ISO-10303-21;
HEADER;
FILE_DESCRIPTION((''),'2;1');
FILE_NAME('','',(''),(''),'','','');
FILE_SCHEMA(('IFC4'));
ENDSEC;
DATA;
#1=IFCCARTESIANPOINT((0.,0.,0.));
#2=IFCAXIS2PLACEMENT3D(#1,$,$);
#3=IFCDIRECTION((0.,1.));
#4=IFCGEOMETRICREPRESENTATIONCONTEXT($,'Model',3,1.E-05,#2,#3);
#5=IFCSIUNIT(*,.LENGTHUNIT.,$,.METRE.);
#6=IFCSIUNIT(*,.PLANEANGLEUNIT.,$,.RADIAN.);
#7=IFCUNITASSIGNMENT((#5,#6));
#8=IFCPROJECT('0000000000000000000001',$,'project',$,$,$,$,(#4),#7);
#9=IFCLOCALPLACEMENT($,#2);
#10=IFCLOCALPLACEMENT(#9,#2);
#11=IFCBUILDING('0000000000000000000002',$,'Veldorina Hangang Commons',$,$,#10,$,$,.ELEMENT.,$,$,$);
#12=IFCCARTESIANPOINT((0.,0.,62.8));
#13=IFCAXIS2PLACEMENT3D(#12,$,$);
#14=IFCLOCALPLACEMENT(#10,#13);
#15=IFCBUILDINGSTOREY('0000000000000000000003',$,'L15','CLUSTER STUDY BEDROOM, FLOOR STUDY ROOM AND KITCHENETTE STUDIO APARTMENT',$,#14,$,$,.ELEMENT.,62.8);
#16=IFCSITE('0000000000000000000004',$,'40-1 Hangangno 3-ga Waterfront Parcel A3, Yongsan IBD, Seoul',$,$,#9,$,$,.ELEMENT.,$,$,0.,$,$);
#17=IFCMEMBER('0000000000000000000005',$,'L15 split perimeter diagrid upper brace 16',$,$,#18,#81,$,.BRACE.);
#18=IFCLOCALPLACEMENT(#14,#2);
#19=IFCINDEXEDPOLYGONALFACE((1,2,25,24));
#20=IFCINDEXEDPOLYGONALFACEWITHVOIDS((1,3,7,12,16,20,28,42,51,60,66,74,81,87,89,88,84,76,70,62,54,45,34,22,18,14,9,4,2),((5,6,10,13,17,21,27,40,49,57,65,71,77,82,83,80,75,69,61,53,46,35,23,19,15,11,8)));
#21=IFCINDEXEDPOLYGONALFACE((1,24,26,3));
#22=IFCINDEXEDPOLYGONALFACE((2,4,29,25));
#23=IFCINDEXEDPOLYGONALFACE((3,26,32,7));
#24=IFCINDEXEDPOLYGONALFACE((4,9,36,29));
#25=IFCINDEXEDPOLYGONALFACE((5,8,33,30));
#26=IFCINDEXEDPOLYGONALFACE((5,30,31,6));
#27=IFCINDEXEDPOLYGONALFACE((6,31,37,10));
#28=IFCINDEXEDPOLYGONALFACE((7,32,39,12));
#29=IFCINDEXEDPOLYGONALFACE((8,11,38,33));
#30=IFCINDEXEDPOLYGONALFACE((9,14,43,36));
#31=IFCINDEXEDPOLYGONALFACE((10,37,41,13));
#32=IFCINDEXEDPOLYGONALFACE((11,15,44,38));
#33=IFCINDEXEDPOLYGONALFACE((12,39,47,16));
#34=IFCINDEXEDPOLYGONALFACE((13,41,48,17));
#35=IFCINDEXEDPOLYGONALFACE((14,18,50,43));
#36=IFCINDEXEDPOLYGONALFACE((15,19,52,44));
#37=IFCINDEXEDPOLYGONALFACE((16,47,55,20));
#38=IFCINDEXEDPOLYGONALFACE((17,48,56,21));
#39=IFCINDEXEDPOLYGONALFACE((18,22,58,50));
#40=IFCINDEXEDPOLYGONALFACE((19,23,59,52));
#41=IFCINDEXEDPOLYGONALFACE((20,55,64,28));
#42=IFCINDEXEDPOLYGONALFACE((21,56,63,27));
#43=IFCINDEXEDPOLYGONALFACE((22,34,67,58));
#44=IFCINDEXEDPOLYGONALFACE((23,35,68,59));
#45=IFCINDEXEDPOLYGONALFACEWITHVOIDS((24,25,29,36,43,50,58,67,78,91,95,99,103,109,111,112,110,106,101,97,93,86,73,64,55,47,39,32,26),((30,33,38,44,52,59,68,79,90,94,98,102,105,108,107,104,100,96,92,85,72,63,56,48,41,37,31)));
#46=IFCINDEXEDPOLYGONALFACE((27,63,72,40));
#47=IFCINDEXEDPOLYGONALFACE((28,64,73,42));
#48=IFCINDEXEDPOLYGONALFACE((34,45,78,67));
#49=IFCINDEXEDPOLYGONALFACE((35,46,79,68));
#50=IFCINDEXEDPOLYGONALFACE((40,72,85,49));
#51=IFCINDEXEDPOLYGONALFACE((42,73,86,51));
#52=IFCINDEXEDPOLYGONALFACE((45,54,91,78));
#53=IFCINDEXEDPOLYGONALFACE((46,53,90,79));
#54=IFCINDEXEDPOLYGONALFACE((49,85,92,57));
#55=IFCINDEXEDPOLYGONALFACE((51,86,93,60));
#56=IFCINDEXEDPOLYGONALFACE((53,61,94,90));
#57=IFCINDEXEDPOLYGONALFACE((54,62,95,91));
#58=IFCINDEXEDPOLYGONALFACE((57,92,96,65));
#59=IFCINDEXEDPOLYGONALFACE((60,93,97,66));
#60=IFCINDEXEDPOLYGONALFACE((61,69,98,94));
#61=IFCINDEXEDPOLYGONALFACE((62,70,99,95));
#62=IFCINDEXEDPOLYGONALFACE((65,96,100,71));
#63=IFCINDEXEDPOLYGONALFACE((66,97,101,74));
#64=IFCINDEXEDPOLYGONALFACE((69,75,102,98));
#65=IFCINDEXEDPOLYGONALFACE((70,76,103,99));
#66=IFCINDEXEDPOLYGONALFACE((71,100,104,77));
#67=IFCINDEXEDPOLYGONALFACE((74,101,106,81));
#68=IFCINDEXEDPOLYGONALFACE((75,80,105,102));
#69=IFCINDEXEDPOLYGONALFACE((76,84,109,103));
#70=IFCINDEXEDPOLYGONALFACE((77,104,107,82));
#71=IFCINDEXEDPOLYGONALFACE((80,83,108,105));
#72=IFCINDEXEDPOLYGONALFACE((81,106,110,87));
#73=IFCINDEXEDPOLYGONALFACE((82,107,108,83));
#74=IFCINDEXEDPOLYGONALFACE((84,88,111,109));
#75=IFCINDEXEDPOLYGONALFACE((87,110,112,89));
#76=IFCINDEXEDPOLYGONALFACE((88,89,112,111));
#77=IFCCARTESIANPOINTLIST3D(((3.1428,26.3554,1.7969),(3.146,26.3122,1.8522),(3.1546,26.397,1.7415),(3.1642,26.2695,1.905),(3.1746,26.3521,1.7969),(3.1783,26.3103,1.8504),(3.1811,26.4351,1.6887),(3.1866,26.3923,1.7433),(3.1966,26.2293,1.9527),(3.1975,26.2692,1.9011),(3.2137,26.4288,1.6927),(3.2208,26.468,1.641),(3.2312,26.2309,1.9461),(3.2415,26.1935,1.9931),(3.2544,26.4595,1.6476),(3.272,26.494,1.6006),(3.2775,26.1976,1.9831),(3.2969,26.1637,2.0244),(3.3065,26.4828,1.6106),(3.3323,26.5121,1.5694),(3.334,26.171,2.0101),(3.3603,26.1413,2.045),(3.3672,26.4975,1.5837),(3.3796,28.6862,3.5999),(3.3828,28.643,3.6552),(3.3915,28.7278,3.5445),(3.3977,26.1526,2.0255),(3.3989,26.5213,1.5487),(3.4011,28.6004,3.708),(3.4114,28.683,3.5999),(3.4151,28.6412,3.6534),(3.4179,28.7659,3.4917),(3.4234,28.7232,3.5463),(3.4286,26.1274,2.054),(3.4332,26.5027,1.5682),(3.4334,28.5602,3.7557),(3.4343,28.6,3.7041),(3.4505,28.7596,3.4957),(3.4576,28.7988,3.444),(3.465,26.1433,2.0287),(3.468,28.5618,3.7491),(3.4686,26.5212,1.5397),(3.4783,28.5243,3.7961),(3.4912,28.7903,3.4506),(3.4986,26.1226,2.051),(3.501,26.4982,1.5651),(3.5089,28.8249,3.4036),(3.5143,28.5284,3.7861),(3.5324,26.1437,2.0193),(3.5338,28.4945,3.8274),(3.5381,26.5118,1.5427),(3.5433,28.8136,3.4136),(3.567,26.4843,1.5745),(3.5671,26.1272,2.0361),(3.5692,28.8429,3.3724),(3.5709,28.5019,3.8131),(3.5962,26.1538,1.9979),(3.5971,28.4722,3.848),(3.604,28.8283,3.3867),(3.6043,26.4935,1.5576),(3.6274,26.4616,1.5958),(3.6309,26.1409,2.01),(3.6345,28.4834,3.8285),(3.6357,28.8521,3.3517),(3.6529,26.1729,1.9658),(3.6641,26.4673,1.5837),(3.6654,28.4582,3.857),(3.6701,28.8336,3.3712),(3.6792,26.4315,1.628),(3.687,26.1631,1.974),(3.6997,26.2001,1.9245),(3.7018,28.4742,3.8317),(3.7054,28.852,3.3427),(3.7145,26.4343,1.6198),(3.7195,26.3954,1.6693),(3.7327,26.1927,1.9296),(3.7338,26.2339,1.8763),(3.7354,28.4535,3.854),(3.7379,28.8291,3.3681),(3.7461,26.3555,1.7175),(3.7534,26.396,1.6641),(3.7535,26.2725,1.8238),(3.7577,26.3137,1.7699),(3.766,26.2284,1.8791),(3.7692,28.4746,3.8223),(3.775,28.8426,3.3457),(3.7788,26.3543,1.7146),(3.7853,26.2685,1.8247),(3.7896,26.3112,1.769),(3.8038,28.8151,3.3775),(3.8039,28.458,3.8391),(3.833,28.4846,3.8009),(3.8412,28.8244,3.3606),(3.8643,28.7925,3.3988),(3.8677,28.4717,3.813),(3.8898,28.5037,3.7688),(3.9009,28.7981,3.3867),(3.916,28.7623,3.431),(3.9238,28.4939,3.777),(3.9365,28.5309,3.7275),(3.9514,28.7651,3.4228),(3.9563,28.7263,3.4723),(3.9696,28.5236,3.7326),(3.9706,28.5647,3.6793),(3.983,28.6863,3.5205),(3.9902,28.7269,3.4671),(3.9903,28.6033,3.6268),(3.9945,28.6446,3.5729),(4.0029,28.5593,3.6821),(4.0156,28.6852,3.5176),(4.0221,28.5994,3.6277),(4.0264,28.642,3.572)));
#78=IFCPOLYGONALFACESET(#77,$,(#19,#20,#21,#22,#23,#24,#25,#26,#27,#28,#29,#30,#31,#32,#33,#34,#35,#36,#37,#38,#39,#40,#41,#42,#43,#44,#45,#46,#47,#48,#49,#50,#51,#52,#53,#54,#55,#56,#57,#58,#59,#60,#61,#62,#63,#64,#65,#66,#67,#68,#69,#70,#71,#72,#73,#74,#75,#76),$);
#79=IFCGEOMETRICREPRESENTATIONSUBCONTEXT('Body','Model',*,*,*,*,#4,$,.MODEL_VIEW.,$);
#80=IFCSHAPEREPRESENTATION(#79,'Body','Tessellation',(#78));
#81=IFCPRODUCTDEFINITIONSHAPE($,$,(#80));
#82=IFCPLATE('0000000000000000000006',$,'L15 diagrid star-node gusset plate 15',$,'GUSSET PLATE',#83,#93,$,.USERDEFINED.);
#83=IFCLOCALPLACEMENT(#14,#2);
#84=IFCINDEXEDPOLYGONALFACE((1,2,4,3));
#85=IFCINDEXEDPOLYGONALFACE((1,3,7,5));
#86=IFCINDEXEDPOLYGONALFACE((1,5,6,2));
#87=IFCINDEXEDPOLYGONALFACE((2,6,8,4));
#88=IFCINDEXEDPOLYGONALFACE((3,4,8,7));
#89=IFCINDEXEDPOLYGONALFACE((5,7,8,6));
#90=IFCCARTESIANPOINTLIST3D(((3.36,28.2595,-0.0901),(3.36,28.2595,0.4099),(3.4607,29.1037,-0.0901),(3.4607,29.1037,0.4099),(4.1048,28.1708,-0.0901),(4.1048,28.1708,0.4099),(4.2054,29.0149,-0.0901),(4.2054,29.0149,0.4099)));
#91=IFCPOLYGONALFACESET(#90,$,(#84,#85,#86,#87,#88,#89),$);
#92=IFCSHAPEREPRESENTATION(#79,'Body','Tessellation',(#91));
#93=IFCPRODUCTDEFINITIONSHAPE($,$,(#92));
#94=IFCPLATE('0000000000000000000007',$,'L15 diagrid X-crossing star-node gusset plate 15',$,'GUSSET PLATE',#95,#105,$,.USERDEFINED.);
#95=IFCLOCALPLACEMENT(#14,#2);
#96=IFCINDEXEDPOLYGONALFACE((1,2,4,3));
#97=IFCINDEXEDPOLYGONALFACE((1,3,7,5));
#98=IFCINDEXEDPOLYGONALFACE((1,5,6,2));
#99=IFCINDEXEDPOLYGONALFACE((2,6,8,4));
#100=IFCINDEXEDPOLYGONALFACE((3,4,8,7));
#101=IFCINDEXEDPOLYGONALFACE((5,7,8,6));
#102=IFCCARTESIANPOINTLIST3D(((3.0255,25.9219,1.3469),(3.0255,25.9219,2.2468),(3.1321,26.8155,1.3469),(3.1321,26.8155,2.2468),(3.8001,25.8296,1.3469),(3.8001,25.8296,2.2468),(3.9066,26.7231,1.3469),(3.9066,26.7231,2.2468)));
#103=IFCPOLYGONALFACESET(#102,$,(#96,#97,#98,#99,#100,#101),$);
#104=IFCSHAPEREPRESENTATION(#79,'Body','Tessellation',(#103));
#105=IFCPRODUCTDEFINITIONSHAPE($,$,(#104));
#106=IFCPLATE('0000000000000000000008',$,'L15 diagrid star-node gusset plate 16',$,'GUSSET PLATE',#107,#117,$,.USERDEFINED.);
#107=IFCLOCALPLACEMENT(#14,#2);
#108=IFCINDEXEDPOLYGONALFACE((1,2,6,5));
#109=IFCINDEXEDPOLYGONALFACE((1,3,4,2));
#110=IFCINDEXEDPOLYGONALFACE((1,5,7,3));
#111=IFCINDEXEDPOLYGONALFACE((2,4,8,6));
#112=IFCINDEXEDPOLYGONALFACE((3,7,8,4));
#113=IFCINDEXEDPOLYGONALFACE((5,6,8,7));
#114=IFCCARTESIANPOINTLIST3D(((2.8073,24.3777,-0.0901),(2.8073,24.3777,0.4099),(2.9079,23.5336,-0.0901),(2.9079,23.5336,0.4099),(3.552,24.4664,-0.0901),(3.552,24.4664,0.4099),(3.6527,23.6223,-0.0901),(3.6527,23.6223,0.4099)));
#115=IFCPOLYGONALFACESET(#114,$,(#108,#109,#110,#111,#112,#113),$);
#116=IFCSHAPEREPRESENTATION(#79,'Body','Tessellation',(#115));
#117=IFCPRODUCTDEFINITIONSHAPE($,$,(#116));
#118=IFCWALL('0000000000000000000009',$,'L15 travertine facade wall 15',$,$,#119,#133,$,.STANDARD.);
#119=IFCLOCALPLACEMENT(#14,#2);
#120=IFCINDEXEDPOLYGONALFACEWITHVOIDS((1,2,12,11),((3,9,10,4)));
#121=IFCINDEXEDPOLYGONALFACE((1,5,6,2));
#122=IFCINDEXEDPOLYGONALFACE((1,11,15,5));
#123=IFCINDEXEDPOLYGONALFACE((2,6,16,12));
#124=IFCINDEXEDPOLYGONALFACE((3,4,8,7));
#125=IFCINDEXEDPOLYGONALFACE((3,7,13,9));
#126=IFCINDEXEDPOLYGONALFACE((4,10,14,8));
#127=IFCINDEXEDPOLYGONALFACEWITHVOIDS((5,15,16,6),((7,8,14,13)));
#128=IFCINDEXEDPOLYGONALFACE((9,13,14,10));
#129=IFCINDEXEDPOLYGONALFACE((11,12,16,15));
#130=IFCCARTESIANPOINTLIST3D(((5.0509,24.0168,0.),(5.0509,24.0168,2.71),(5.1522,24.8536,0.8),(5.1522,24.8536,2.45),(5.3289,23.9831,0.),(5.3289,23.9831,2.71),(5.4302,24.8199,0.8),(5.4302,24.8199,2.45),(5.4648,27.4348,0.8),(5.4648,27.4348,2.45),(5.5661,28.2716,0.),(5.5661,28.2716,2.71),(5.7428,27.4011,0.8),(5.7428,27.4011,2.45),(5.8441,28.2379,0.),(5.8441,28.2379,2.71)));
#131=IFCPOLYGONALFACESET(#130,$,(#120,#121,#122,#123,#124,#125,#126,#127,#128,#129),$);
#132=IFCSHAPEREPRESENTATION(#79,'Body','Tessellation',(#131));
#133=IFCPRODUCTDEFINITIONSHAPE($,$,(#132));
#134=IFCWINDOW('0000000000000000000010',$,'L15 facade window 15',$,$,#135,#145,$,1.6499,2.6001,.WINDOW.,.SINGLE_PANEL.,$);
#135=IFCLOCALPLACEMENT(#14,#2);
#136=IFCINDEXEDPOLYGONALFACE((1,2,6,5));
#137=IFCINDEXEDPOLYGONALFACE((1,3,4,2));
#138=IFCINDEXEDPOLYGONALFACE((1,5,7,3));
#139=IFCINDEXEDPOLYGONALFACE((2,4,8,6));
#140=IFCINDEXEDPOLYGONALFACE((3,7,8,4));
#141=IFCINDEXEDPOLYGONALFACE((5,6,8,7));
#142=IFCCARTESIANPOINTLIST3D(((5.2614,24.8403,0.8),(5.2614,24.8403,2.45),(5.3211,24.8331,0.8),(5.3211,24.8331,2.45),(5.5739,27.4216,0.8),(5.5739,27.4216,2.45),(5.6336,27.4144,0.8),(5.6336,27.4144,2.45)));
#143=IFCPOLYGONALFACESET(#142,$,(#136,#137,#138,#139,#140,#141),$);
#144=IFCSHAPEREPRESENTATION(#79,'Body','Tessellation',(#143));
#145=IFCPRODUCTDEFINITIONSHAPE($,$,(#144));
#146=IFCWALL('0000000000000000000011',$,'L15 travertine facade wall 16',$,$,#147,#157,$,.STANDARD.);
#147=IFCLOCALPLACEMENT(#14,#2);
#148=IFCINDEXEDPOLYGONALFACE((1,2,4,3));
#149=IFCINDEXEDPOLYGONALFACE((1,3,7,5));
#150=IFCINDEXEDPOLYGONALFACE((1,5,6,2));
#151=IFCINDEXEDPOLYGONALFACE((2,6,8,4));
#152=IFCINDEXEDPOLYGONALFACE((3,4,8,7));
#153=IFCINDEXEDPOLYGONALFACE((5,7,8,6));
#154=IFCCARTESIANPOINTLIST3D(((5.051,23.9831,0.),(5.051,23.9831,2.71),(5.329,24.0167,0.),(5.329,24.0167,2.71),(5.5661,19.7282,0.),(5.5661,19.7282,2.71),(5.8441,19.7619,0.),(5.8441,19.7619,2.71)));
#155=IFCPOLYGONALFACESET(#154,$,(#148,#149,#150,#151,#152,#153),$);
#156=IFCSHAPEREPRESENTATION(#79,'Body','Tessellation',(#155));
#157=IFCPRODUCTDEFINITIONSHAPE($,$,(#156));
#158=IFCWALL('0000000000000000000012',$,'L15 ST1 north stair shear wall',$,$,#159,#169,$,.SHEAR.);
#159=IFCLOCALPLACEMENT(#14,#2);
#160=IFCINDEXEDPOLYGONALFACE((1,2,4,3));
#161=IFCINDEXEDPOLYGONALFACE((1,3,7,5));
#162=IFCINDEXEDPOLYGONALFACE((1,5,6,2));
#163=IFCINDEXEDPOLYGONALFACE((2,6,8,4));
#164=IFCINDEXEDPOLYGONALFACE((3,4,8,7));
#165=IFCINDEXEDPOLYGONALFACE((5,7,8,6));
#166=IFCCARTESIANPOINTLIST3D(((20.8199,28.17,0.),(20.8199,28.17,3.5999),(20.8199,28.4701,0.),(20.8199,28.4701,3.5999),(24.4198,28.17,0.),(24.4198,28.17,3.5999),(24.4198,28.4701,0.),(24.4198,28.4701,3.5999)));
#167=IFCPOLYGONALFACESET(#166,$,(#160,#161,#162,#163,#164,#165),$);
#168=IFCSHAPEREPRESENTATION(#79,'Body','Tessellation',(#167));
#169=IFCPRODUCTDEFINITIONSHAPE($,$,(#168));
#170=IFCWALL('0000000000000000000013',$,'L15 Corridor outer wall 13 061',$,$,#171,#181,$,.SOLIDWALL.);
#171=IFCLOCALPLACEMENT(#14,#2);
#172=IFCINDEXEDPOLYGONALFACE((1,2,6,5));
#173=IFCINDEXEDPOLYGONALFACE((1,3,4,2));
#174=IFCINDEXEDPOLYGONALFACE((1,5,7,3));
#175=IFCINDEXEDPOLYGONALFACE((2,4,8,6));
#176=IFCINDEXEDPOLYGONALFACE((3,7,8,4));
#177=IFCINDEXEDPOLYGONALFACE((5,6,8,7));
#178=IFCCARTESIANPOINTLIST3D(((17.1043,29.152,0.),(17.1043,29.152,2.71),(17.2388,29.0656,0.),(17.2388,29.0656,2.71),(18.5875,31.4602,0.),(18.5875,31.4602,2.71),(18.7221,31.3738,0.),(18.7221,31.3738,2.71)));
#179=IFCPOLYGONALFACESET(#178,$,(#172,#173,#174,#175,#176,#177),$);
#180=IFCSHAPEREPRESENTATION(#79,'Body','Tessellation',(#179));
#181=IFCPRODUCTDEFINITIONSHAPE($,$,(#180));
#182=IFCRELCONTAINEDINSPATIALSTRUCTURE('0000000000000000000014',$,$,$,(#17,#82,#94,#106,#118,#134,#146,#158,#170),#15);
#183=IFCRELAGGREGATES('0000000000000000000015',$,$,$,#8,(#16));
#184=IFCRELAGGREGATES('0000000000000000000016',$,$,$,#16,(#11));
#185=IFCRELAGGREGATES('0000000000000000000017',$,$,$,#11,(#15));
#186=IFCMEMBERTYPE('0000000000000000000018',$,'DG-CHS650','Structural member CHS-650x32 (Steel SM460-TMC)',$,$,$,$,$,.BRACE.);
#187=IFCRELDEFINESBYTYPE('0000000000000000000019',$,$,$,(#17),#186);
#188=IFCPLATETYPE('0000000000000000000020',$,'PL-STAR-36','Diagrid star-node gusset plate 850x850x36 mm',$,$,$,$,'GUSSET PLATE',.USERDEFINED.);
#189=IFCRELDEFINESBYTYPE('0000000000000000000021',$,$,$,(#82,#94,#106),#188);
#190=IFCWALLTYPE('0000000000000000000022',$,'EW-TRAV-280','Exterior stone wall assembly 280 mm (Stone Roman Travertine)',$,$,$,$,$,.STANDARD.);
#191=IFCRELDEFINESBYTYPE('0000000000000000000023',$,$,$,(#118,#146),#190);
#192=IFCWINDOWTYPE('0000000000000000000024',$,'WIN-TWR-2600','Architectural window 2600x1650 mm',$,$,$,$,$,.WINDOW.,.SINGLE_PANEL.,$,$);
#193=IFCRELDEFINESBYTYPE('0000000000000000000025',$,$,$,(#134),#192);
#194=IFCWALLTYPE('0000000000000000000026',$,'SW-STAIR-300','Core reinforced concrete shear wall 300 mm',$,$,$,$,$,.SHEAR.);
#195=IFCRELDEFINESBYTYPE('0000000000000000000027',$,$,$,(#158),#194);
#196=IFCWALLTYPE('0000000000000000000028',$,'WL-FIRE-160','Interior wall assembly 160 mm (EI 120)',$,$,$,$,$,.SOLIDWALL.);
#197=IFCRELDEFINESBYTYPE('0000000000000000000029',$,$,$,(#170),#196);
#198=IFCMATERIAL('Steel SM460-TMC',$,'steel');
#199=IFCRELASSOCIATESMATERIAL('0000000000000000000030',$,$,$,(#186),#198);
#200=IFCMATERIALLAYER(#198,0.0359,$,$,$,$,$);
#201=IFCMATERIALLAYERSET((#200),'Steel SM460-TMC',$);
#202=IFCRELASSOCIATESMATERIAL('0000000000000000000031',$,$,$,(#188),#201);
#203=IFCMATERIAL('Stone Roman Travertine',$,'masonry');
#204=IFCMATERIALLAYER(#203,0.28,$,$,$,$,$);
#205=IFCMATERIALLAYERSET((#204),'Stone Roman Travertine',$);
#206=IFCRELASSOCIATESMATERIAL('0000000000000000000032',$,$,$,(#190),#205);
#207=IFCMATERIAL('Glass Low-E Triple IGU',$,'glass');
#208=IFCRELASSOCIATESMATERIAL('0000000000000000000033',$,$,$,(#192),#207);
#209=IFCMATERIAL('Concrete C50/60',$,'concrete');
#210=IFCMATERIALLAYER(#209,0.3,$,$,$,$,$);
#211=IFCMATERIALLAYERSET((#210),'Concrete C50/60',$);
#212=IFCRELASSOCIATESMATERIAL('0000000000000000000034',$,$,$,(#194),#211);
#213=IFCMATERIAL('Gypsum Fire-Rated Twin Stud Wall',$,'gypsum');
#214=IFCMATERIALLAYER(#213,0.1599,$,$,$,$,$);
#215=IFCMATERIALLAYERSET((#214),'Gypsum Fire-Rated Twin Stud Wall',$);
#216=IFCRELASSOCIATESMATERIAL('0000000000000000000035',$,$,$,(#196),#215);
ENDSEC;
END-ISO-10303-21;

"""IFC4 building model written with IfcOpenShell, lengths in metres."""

from ifc_helpers import new_model, si_unit, direction, frame, frame_2d, origin, origin_2d, place, context, subcontext, project, spatial, rectangle, hollow_circle, extrude, material, layer, layer_set, material_profile, profile_set, type_object, element, fill, save


model = new_model("IFC4")

# Units and contexts
model_context = context("Model", 3, precision=1e-05, world=origin(), true_north=direction((0.0, 1.0)))
body_context = subcontext(model_context, "Body", "Model", "MODEL_VIEW")
ifc_project = project(units=[si_unit("LENGTHUNIT", "METRE"), si_unit("PLANEANGLEUNIT", "RADIAN")], contexts=[model_context])

# Site, building, storey
site_placement = place(None, origin())
site = spatial("IfcSite", under=ifc_project, at=site_placement, Name="40-1 Hangangno 3-ga Waterfront Parcel A3, Yongsan IBD, Seoul", CompositionType="ELEMENT", RefElevation=0.0)
building_placement = place(site_placement, origin())
building = spatial("IfcBuilding", under=site, at=building_placement, Name="Veldorina Hangang Commons", CompositionType="ELEMENT")
storey_placement = place(building_placement, frame((0.0, 0.0, 62.8)))
storey = spatial("IfcBuildingStorey", under=building, at=storey_placement, Name="L15", Description="CLUSTER STUDY BEDROOM, FLOOR STUDY ROOM AND KITCHENETTE STUDIO APARTMENT", CompositionType="ELEMENT", Elevation=62.8)

# Member
ifc_material_1 = material(Name="Steel SM460-TMC", Category="steel")
ifc_material_profile_1 = material_profile(ifc_material_1, hollow_circle(Radius=0.325, WallThickness=0.032, at=origin_2d()), Name="CHS-650x32")
ifc_profile_set_1 = profile_set([ifc_material_profile_1], Name="Steel SM460-TMC")
member_type = type_object("IfcMemberType", Name="DG-CHS650", Description="Structural member CHS-650x32 (Steel SM460-TMC)", PredefinedType="BRACE", material=ifc_profile_set_1)
member_1_placement = place(storey_placement, frame((3.4661, 26.3225, 1.7969), z_axis=(0.080107, 0.788431, 0.609884), x_axis=(-0.994878, 0.101082, 0.0)))
element("IfcMember", 1, at=member_1_placement, inside=storey, type_object=member_type, Name="L15 split perimeter diagrid upper brace 16", PredefinedType="BRACE", context=body_context, shape_type="SweptSolid", body=[
    extrude(hollow_circle(Radius=0.325, WallThickness=0.032, at=origin_2d()), origin(), (0.0, 0.0, 1.0), 2.9563),
])

# Plates
ifc_layer_1 = layer(ifc_material_1, 0.0359)
ifc_layer_set_1 = layer_set([ifc_layer_1], Name="Steel SM460-TMC")
plate_type = type_object("IfcPlateType", Name="PL-STAR-36", Description="Diagrid star-node gusset plate 850x850x36 mm", ElementType="GUSSET PLATE", PredefinedType="USERDEFINED", material=ifc_layer_set_1)
plate_1_placement = place(storey_placement, frame((3.7827, 28.6372, -0.0901), z_axis=(0.0, 0.0, 1.0), x_axis=(-0.118369, -0.99297, 0.0)))
element("IfcPlate", 2, at=plate_1_placement, inside=storey, type_object=plate_type, Name="L15 diagrid star-node gusset plate 15", ObjectType="GUSSET PLATE", PredefinedType="USERDEFINED", context=body_context, shape_type="SweptSolid", body=[
    extrude(rectangle(XDim=0.8501, YDim=0.75, at=origin_2d()), origin(), (0.0, 0.0, 1.0), 0.5),
])
plate_2_placement = place(storey_placement, frame((3.4661, 26.3225, 1.3469), z_axis=(0.0, 0.0, 1.0), x_axis=(-0.118369, -0.99297, 0.0)))
element("IfcPlate", 3, at=plate_2_placement, inside=storey, type_object=plate_type, Name="L15 diagrid X-crossing star-node gusset plate 15", ObjectType="GUSSET PLATE", PredefinedType="USERDEFINED", context=body_context, shape_type="SweptSolid", body=[
    extrude(rectangle(XDim=0.8999, YDim=0.78, at=origin_2d()), origin(), (0.0, 0.0, 1.0), 0.8999),
])
plate_3_placement = place(storey_placement, frame((3.23, 24.0, -0.0901), z_axis=(0.0, 0.0, 1.0), x_axis=(0.118369, -0.99297, 0.0)))
element("IfcPlate", 4, at=plate_3_placement, inside=storey, type_object=plate_type, Name="L15 diagrid star-node gusset plate 16", ObjectType="GUSSET PLATE", PredefinedType="USERDEFINED", context=body_context, shape_type="SweptSolid", body=[
    extrude(rectangle(XDim=0.8501, YDim=0.75, at=origin_2d()), origin(), (0.0, 0.0, 1.0), 0.5),
])

# Wall, opening, window
ifc_material_2 = material(Name="Stone Roman Travertine", Category="masonry")
ifc_layer_2 = layer(ifc_material_2, 0.28)
ifc_layer_set_2 = layer_set([ifc_layer_2], Name="Stone Roman Travertine")
wall_type_1 = type_object("IfcWallType", Name="EW-TRAV-280", Description="Exterior stone wall assembly 280 mm (Stone Roman Travertine)", PredefinedType="STANDARD", material=ifc_layer_set_2)
wall_1_placement = place(storey_placement, frame((5.7051, 28.2549, 0.0), z_axis=(0.0, 0.0, 1.0), x_axis=(-0.120192, -0.992751, 0.0)))
wall_1 = element("IfcWall", 5, at=wall_1_placement, inside=storey, type_object=wall_type_1, Name="L15 travertine facade wall 15", PredefinedType="STANDARD", context=body_context, shape_type="SweptSolid", body=[
    extrude(rectangle(XDim=4.2859, YDim=0.28, at=frame_2d((2.1431, 0.0))), origin(), (0.0, 0.0, 1.0), 2.71),
])
opening_1_placement = place(wall_1_placement, frame((0.843, 0.0, 0.8)))
opening_1 = element("IfcOpeningElement", 6, at=opening_1_placement, cuts=wall_1, PredefinedType="OPENING", context=body_context, shape_type="SweptSolid", body=[
    extrude(rectangle(XDim=2.6001, YDim=1.6499, at=frame_2d((1.3, 0.825))), frame((0.0, 0.1499, 0.0), z_axis=(0.0, -1.0, 0.0), x_axis=(1.0, 0.0, 0.0)), (0.0, 0.0, 1.0), 0.3),
])
ifc_material_3 = material(Name="Glass Low-E Triple IGU", Category="glass")
window_type = type_object("IfcWindowType", Name="WIN-TWR-2600", Description="Architectural window 2600x1650 mm", PartitioningType="SINGLE_PANEL", PredefinedType="WINDOW", material=ifc_material_3)
window_placement = place(opening_1_placement, origin())
window = element("IfcWindow", 7, at=window_placement, inside=storey, type_object=window_type, Name="L15 facade window 15", OverallHeight=1.6499, OverallWidth=2.6001, PartitioningType="SINGLE_PANEL", PredefinedType="WINDOW", context=body_context, shape_type="SweptSolid", body=[
    extrude(rectangle(XDim=2.6001, YDim=1.6499, at=frame_2d((1.3, 0.825))), frame((0.0, 0.03, 0.0), z_axis=(0.0, -1.0, 0.0), x_axis=(1.0, 0.0, 0.0)), (0.0, 0.0, 1.0), 0.0601),
])
fill(opening_1, window)

# Walls
wall_2_placement = place(storey_placement, frame((5.1899, 24.0, 0.0), z_axis=(0.0, 0.0, 1.0), x_axis=(0.120192, -0.992751, 0.0)))
element("IfcWall", 8, at=wall_2_placement, inside=storey, type_object=wall_type_1, Name="L15 travertine facade wall 16", PredefinedType="STANDARD", context=body_context, shape_type="SweptSolid", body=[
    extrude(rectangle(XDim=4.2859, YDim=0.28, at=frame_2d((2.1431, 0.0))), origin(), (0.0, 0.0, 1.0), 2.71),
])
ifc_material_4 = material(Name="Concrete C50/60", Category="concrete")
ifc_layer_3 = layer(ifc_material_4, 0.3)
ifc_layer_set_3 = layer_set([ifc_layer_3], Name="Concrete C50/60")
wall_type_2 = type_object("IfcWallType", Name="SW-STAIR-300", Description="Core reinforced concrete shear wall 300 mm", PredefinedType="SHEAR", material=ifc_layer_set_3)
wall_3_placement = place(storey_placement, frame((20.8201, 28.3201, 0.0), z_axis=(0.0, 0.0, 1.0), x_axis=(1.0, 0.0, 0.0)))
element("IfcWall", 9, at=wall_3_placement, inside=storey, type_object=wall_type_2, Name="L15 ST1 north stair shear wall", PredefinedType="SHEAR", context=body_context, shape_type="SweptSolid", body=[
    extrude(rectangle(XDim=3.5999, YDim=0.3, at=frame_2d((1.7998, 0.0))), origin(), (0.0, 0.0, 1.0), 3.5999),
])
ifc_material_5 = material(Name="Gypsum Fire-Rated Twin Stud Wall", Category="gypsum")
ifc_layer_4 = layer(ifc_material_5, 0.1599)
ifc_layer_set_4 = layer_set([ifc_layer_4], Name="Gypsum Fire-Rated Twin Stud Wall")
wall_type_3 = type_object("IfcWallType", Name="WL-FIRE-160", Description="Interior wall assembly 160 mm (EI 120)", PredefinedType="SOLIDWALL", material=ifc_layer_set_4)
wall_4_placement = place(storey_placement, frame((18.6548, 31.417, 0.0), z_axis=(0.0, 0.0, 1.0), x_axis=(-0.540596, -0.841283, 0.0)))
element("IfcWall", 10, at=wall_4_placement, inside=storey, type_object=wall_type_3, Name="L15 Corridor outer wall 13 061", PredefinedType="SOLIDWALL", context=body_context, shape_type="SweptSolid", body=[
    extrude(rectangle(XDim=2.7437, YDim=0.1599, at=frame_2d((1.3718, 0.0))), origin(), (0.0, 0.0, 1.0), 2.71),
])

save(model, "model.ifc")
